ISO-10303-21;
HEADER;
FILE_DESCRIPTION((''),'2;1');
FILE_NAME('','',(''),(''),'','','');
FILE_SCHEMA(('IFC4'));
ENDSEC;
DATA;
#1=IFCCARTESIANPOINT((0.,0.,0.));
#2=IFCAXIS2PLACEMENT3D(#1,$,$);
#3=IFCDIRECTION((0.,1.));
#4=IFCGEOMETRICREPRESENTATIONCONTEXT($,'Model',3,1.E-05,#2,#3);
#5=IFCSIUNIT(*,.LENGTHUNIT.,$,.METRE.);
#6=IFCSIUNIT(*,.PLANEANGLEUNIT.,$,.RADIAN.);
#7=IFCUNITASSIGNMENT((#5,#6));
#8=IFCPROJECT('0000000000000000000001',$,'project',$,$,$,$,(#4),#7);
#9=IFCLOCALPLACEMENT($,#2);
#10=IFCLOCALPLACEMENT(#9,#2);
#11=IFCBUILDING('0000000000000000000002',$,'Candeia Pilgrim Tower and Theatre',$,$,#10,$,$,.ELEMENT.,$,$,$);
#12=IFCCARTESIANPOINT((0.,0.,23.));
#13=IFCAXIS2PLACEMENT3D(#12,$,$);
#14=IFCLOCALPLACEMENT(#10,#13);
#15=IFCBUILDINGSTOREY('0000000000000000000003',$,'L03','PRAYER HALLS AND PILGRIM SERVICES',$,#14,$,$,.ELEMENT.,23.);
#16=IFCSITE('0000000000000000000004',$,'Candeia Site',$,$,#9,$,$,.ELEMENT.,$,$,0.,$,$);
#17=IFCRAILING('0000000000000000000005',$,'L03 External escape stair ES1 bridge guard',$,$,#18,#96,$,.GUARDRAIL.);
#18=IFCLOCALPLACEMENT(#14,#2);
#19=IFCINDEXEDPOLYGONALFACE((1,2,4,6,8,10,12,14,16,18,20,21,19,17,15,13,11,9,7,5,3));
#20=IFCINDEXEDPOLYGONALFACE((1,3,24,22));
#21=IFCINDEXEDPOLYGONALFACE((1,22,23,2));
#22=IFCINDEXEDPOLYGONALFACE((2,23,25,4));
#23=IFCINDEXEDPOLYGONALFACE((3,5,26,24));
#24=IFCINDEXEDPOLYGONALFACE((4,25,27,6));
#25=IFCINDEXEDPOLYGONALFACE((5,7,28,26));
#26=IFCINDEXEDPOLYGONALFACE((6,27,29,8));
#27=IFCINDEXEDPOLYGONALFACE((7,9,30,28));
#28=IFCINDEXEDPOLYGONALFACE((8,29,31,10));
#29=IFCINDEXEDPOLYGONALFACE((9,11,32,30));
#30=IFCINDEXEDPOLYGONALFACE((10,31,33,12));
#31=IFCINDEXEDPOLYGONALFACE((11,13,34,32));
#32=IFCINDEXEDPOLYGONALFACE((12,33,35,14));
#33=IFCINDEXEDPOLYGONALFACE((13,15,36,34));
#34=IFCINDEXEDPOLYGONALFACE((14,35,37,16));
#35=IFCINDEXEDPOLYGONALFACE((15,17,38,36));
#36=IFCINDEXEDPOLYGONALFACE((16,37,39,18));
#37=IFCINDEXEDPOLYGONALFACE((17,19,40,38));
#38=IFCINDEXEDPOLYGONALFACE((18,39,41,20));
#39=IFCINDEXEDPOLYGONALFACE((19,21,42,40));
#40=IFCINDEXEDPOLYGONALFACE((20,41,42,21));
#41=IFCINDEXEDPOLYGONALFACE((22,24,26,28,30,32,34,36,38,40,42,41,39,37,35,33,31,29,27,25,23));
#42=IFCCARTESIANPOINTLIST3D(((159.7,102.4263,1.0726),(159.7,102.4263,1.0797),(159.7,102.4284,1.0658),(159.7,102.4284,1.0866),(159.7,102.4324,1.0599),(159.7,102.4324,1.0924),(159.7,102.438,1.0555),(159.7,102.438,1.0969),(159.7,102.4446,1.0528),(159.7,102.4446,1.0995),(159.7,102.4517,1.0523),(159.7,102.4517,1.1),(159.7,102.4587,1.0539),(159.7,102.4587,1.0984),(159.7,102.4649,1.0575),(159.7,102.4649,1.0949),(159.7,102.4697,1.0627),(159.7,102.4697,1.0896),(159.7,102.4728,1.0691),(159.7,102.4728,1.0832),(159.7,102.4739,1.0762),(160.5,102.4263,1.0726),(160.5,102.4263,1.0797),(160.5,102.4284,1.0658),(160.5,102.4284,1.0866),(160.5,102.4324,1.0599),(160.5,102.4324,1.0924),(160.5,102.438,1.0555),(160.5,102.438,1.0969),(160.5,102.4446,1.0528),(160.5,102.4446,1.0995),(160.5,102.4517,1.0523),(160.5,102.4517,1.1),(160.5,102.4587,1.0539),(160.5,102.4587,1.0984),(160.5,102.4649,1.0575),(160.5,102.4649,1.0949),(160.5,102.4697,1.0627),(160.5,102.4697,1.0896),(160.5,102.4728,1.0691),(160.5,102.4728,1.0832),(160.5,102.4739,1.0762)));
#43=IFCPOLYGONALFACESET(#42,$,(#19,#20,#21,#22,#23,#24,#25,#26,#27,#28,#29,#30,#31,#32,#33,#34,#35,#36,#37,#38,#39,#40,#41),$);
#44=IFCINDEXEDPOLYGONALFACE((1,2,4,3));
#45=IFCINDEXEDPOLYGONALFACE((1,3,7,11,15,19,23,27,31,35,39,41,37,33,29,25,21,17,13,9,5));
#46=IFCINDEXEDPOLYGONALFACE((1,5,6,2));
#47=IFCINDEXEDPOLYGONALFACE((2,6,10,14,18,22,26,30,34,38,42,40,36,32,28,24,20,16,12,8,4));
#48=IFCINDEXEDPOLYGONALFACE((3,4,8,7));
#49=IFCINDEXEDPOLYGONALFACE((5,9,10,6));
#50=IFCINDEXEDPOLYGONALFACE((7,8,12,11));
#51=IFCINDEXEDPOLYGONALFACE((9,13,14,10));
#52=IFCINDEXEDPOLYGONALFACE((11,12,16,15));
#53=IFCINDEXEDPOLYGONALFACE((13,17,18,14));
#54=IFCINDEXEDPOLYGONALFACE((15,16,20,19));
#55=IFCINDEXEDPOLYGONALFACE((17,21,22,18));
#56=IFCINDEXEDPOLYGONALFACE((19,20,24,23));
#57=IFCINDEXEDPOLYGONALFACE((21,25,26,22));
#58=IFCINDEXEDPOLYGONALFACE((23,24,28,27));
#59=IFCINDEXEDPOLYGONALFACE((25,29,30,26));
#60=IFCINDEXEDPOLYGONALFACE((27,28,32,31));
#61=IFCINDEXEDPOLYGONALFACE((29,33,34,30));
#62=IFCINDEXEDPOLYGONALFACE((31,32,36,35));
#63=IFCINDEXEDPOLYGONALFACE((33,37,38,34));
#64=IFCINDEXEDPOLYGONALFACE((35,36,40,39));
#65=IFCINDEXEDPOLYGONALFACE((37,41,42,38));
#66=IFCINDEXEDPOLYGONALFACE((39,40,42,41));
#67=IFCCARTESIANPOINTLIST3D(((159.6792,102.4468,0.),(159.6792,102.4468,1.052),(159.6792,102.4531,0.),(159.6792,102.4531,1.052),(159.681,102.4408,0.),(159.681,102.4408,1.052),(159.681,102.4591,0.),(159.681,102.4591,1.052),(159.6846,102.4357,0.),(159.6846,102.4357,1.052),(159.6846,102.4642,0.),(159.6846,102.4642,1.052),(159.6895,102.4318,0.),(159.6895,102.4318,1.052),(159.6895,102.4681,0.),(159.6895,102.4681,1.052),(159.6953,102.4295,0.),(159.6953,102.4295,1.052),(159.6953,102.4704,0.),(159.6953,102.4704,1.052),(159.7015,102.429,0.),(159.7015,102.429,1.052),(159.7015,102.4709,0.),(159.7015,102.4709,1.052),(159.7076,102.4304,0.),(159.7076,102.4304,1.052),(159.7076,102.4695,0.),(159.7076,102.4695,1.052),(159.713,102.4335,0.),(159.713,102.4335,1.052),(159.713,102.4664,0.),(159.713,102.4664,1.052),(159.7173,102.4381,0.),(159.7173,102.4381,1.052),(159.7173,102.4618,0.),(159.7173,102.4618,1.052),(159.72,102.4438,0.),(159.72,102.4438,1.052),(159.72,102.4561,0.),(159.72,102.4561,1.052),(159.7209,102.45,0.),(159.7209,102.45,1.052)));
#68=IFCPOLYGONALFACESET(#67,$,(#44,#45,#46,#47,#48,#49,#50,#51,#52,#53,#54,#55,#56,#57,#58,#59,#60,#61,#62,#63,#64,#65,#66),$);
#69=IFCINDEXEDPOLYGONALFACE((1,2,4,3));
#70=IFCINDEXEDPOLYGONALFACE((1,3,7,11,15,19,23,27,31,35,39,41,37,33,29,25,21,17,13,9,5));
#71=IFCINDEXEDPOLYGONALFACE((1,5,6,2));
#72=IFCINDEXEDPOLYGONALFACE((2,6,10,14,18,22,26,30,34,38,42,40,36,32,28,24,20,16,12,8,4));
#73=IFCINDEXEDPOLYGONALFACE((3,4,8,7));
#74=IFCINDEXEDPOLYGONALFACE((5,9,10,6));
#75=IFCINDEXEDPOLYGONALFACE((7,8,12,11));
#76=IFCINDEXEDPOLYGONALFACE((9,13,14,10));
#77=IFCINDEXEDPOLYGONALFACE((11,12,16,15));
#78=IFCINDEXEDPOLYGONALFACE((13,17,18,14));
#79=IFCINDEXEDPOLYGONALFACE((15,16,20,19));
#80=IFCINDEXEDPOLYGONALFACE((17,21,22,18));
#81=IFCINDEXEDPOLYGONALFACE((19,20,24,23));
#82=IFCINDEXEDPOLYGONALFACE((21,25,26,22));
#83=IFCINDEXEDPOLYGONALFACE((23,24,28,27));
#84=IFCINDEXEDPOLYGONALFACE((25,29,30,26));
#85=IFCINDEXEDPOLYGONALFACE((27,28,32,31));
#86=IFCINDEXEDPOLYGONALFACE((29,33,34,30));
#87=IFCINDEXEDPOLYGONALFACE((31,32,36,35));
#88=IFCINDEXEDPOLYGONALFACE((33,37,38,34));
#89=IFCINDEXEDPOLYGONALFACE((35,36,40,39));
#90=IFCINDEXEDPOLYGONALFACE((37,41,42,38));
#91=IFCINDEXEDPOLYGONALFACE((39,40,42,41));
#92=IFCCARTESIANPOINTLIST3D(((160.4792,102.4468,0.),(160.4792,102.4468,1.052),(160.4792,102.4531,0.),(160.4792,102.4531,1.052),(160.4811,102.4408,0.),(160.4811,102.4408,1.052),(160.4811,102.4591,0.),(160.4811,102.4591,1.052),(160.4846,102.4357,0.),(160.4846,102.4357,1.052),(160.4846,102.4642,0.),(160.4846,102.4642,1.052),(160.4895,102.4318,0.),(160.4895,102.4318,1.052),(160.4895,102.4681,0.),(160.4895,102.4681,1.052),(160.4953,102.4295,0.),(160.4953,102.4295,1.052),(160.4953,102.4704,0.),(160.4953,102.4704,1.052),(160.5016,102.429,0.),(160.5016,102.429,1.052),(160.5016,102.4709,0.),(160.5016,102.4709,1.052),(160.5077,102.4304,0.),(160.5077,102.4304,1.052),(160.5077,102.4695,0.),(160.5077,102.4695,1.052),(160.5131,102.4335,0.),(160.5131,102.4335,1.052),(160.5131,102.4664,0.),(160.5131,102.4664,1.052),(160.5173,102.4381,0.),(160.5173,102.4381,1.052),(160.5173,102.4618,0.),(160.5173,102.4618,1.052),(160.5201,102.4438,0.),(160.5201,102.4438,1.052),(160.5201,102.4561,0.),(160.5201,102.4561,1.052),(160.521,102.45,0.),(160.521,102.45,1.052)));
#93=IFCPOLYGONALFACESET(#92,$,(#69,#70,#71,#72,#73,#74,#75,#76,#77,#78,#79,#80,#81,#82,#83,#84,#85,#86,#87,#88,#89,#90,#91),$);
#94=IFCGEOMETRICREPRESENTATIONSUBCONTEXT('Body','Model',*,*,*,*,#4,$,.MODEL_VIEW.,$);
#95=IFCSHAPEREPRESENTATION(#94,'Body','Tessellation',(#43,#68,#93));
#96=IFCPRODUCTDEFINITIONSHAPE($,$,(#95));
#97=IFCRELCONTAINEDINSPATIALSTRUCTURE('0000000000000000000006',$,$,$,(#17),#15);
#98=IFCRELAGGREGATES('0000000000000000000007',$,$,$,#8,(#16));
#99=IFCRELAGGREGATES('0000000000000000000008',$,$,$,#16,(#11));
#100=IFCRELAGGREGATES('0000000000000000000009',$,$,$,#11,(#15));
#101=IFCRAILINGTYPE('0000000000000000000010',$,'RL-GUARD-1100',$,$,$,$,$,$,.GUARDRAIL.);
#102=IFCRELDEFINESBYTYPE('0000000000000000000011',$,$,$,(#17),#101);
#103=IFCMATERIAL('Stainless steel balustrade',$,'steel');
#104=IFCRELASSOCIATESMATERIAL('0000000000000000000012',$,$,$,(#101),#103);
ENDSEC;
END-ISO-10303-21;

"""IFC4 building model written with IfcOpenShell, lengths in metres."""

from ifc_helpers import new_model, si_unit, direction, frame, origin, origin_2d, place, context, subcontext, project, spatial, circle, extrude, material, type_object, element, save


model = new_model("IFC4")

# Units and contexts
model_context = context("Model", 3, precision=1e-05, world=origin(), true_north=direction((0.0, 1.0)))
body_context = subcontext(model_context, "Body", "Model", "MODEL_VIEW")
ifc_project = project(units=[si_unit("LENGTHUNIT", "METRE"), si_unit("PLANEANGLEUNIT", "RADIAN")], contexts=[model_context])

# Site, building, storey
site_placement = place(None, origin())
site = spatial("IfcSite", under=ifc_project, at=site_placement, Name="Candeia Site", CompositionType="ELEMENT", RefElevation=0.0)
building_placement = place(site_placement, origin())
building = spatial("IfcBuilding", under=site, at=building_placement, Name="Candeia Pilgrim Tower and Theatre", CompositionType="ELEMENT")
storey_placement = place(building_placement, frame((0.0, 0.0, 23.0)))
storey = spatial("IfcBuildingStorey", under=building, at=storey_placement, Name="L03", Description="PRAYER HALLS AND PILGRIM SERVICES", CompositionType="ELEMENT", Elevation=23.0)

# Railing
ifc_material_1 = material(Name="Stainless steel balustrade", Category="steel")
railing_type_1 = type_object("IfcRailingType", Name="RL-GUARD-1100", PredefinedType="GUARDRAIL", material=ifc_material_1)
railing_1_placement = place(storey_placement, frame((159.7, 102.45, 0.0)))
element("IfcRailing", 1, at=railing_1_placement, inside=storey, type_object=railing_type_1, Name="L03 External escape stair ES1 bridge guard", PredefinedType="GUARDRAIL", context=body_context, shape_type="SweptSolid", body=[
    extrude(circle(Radius=0.0239, at=origin_2d()), frame((0.0, 0.0, 1.0762), z_axis=(1.0, 0.0, 0.0), x_axis=(0.0, 1.0, 0.0)), (0.0, 0.0, 1.0), 0.8),
    extrude(circle(Radius=0.021, at=origin_2d()), origin(), (0.0, 0.0, 1.0), 1.052),
    extrude(circle(Radius=0.021, at=origin_2d()), frame((0.8, 0.0, 0.0)), (0.0, 0.0, 1.0), 1.052),
])

save(model, "model.ifc")
